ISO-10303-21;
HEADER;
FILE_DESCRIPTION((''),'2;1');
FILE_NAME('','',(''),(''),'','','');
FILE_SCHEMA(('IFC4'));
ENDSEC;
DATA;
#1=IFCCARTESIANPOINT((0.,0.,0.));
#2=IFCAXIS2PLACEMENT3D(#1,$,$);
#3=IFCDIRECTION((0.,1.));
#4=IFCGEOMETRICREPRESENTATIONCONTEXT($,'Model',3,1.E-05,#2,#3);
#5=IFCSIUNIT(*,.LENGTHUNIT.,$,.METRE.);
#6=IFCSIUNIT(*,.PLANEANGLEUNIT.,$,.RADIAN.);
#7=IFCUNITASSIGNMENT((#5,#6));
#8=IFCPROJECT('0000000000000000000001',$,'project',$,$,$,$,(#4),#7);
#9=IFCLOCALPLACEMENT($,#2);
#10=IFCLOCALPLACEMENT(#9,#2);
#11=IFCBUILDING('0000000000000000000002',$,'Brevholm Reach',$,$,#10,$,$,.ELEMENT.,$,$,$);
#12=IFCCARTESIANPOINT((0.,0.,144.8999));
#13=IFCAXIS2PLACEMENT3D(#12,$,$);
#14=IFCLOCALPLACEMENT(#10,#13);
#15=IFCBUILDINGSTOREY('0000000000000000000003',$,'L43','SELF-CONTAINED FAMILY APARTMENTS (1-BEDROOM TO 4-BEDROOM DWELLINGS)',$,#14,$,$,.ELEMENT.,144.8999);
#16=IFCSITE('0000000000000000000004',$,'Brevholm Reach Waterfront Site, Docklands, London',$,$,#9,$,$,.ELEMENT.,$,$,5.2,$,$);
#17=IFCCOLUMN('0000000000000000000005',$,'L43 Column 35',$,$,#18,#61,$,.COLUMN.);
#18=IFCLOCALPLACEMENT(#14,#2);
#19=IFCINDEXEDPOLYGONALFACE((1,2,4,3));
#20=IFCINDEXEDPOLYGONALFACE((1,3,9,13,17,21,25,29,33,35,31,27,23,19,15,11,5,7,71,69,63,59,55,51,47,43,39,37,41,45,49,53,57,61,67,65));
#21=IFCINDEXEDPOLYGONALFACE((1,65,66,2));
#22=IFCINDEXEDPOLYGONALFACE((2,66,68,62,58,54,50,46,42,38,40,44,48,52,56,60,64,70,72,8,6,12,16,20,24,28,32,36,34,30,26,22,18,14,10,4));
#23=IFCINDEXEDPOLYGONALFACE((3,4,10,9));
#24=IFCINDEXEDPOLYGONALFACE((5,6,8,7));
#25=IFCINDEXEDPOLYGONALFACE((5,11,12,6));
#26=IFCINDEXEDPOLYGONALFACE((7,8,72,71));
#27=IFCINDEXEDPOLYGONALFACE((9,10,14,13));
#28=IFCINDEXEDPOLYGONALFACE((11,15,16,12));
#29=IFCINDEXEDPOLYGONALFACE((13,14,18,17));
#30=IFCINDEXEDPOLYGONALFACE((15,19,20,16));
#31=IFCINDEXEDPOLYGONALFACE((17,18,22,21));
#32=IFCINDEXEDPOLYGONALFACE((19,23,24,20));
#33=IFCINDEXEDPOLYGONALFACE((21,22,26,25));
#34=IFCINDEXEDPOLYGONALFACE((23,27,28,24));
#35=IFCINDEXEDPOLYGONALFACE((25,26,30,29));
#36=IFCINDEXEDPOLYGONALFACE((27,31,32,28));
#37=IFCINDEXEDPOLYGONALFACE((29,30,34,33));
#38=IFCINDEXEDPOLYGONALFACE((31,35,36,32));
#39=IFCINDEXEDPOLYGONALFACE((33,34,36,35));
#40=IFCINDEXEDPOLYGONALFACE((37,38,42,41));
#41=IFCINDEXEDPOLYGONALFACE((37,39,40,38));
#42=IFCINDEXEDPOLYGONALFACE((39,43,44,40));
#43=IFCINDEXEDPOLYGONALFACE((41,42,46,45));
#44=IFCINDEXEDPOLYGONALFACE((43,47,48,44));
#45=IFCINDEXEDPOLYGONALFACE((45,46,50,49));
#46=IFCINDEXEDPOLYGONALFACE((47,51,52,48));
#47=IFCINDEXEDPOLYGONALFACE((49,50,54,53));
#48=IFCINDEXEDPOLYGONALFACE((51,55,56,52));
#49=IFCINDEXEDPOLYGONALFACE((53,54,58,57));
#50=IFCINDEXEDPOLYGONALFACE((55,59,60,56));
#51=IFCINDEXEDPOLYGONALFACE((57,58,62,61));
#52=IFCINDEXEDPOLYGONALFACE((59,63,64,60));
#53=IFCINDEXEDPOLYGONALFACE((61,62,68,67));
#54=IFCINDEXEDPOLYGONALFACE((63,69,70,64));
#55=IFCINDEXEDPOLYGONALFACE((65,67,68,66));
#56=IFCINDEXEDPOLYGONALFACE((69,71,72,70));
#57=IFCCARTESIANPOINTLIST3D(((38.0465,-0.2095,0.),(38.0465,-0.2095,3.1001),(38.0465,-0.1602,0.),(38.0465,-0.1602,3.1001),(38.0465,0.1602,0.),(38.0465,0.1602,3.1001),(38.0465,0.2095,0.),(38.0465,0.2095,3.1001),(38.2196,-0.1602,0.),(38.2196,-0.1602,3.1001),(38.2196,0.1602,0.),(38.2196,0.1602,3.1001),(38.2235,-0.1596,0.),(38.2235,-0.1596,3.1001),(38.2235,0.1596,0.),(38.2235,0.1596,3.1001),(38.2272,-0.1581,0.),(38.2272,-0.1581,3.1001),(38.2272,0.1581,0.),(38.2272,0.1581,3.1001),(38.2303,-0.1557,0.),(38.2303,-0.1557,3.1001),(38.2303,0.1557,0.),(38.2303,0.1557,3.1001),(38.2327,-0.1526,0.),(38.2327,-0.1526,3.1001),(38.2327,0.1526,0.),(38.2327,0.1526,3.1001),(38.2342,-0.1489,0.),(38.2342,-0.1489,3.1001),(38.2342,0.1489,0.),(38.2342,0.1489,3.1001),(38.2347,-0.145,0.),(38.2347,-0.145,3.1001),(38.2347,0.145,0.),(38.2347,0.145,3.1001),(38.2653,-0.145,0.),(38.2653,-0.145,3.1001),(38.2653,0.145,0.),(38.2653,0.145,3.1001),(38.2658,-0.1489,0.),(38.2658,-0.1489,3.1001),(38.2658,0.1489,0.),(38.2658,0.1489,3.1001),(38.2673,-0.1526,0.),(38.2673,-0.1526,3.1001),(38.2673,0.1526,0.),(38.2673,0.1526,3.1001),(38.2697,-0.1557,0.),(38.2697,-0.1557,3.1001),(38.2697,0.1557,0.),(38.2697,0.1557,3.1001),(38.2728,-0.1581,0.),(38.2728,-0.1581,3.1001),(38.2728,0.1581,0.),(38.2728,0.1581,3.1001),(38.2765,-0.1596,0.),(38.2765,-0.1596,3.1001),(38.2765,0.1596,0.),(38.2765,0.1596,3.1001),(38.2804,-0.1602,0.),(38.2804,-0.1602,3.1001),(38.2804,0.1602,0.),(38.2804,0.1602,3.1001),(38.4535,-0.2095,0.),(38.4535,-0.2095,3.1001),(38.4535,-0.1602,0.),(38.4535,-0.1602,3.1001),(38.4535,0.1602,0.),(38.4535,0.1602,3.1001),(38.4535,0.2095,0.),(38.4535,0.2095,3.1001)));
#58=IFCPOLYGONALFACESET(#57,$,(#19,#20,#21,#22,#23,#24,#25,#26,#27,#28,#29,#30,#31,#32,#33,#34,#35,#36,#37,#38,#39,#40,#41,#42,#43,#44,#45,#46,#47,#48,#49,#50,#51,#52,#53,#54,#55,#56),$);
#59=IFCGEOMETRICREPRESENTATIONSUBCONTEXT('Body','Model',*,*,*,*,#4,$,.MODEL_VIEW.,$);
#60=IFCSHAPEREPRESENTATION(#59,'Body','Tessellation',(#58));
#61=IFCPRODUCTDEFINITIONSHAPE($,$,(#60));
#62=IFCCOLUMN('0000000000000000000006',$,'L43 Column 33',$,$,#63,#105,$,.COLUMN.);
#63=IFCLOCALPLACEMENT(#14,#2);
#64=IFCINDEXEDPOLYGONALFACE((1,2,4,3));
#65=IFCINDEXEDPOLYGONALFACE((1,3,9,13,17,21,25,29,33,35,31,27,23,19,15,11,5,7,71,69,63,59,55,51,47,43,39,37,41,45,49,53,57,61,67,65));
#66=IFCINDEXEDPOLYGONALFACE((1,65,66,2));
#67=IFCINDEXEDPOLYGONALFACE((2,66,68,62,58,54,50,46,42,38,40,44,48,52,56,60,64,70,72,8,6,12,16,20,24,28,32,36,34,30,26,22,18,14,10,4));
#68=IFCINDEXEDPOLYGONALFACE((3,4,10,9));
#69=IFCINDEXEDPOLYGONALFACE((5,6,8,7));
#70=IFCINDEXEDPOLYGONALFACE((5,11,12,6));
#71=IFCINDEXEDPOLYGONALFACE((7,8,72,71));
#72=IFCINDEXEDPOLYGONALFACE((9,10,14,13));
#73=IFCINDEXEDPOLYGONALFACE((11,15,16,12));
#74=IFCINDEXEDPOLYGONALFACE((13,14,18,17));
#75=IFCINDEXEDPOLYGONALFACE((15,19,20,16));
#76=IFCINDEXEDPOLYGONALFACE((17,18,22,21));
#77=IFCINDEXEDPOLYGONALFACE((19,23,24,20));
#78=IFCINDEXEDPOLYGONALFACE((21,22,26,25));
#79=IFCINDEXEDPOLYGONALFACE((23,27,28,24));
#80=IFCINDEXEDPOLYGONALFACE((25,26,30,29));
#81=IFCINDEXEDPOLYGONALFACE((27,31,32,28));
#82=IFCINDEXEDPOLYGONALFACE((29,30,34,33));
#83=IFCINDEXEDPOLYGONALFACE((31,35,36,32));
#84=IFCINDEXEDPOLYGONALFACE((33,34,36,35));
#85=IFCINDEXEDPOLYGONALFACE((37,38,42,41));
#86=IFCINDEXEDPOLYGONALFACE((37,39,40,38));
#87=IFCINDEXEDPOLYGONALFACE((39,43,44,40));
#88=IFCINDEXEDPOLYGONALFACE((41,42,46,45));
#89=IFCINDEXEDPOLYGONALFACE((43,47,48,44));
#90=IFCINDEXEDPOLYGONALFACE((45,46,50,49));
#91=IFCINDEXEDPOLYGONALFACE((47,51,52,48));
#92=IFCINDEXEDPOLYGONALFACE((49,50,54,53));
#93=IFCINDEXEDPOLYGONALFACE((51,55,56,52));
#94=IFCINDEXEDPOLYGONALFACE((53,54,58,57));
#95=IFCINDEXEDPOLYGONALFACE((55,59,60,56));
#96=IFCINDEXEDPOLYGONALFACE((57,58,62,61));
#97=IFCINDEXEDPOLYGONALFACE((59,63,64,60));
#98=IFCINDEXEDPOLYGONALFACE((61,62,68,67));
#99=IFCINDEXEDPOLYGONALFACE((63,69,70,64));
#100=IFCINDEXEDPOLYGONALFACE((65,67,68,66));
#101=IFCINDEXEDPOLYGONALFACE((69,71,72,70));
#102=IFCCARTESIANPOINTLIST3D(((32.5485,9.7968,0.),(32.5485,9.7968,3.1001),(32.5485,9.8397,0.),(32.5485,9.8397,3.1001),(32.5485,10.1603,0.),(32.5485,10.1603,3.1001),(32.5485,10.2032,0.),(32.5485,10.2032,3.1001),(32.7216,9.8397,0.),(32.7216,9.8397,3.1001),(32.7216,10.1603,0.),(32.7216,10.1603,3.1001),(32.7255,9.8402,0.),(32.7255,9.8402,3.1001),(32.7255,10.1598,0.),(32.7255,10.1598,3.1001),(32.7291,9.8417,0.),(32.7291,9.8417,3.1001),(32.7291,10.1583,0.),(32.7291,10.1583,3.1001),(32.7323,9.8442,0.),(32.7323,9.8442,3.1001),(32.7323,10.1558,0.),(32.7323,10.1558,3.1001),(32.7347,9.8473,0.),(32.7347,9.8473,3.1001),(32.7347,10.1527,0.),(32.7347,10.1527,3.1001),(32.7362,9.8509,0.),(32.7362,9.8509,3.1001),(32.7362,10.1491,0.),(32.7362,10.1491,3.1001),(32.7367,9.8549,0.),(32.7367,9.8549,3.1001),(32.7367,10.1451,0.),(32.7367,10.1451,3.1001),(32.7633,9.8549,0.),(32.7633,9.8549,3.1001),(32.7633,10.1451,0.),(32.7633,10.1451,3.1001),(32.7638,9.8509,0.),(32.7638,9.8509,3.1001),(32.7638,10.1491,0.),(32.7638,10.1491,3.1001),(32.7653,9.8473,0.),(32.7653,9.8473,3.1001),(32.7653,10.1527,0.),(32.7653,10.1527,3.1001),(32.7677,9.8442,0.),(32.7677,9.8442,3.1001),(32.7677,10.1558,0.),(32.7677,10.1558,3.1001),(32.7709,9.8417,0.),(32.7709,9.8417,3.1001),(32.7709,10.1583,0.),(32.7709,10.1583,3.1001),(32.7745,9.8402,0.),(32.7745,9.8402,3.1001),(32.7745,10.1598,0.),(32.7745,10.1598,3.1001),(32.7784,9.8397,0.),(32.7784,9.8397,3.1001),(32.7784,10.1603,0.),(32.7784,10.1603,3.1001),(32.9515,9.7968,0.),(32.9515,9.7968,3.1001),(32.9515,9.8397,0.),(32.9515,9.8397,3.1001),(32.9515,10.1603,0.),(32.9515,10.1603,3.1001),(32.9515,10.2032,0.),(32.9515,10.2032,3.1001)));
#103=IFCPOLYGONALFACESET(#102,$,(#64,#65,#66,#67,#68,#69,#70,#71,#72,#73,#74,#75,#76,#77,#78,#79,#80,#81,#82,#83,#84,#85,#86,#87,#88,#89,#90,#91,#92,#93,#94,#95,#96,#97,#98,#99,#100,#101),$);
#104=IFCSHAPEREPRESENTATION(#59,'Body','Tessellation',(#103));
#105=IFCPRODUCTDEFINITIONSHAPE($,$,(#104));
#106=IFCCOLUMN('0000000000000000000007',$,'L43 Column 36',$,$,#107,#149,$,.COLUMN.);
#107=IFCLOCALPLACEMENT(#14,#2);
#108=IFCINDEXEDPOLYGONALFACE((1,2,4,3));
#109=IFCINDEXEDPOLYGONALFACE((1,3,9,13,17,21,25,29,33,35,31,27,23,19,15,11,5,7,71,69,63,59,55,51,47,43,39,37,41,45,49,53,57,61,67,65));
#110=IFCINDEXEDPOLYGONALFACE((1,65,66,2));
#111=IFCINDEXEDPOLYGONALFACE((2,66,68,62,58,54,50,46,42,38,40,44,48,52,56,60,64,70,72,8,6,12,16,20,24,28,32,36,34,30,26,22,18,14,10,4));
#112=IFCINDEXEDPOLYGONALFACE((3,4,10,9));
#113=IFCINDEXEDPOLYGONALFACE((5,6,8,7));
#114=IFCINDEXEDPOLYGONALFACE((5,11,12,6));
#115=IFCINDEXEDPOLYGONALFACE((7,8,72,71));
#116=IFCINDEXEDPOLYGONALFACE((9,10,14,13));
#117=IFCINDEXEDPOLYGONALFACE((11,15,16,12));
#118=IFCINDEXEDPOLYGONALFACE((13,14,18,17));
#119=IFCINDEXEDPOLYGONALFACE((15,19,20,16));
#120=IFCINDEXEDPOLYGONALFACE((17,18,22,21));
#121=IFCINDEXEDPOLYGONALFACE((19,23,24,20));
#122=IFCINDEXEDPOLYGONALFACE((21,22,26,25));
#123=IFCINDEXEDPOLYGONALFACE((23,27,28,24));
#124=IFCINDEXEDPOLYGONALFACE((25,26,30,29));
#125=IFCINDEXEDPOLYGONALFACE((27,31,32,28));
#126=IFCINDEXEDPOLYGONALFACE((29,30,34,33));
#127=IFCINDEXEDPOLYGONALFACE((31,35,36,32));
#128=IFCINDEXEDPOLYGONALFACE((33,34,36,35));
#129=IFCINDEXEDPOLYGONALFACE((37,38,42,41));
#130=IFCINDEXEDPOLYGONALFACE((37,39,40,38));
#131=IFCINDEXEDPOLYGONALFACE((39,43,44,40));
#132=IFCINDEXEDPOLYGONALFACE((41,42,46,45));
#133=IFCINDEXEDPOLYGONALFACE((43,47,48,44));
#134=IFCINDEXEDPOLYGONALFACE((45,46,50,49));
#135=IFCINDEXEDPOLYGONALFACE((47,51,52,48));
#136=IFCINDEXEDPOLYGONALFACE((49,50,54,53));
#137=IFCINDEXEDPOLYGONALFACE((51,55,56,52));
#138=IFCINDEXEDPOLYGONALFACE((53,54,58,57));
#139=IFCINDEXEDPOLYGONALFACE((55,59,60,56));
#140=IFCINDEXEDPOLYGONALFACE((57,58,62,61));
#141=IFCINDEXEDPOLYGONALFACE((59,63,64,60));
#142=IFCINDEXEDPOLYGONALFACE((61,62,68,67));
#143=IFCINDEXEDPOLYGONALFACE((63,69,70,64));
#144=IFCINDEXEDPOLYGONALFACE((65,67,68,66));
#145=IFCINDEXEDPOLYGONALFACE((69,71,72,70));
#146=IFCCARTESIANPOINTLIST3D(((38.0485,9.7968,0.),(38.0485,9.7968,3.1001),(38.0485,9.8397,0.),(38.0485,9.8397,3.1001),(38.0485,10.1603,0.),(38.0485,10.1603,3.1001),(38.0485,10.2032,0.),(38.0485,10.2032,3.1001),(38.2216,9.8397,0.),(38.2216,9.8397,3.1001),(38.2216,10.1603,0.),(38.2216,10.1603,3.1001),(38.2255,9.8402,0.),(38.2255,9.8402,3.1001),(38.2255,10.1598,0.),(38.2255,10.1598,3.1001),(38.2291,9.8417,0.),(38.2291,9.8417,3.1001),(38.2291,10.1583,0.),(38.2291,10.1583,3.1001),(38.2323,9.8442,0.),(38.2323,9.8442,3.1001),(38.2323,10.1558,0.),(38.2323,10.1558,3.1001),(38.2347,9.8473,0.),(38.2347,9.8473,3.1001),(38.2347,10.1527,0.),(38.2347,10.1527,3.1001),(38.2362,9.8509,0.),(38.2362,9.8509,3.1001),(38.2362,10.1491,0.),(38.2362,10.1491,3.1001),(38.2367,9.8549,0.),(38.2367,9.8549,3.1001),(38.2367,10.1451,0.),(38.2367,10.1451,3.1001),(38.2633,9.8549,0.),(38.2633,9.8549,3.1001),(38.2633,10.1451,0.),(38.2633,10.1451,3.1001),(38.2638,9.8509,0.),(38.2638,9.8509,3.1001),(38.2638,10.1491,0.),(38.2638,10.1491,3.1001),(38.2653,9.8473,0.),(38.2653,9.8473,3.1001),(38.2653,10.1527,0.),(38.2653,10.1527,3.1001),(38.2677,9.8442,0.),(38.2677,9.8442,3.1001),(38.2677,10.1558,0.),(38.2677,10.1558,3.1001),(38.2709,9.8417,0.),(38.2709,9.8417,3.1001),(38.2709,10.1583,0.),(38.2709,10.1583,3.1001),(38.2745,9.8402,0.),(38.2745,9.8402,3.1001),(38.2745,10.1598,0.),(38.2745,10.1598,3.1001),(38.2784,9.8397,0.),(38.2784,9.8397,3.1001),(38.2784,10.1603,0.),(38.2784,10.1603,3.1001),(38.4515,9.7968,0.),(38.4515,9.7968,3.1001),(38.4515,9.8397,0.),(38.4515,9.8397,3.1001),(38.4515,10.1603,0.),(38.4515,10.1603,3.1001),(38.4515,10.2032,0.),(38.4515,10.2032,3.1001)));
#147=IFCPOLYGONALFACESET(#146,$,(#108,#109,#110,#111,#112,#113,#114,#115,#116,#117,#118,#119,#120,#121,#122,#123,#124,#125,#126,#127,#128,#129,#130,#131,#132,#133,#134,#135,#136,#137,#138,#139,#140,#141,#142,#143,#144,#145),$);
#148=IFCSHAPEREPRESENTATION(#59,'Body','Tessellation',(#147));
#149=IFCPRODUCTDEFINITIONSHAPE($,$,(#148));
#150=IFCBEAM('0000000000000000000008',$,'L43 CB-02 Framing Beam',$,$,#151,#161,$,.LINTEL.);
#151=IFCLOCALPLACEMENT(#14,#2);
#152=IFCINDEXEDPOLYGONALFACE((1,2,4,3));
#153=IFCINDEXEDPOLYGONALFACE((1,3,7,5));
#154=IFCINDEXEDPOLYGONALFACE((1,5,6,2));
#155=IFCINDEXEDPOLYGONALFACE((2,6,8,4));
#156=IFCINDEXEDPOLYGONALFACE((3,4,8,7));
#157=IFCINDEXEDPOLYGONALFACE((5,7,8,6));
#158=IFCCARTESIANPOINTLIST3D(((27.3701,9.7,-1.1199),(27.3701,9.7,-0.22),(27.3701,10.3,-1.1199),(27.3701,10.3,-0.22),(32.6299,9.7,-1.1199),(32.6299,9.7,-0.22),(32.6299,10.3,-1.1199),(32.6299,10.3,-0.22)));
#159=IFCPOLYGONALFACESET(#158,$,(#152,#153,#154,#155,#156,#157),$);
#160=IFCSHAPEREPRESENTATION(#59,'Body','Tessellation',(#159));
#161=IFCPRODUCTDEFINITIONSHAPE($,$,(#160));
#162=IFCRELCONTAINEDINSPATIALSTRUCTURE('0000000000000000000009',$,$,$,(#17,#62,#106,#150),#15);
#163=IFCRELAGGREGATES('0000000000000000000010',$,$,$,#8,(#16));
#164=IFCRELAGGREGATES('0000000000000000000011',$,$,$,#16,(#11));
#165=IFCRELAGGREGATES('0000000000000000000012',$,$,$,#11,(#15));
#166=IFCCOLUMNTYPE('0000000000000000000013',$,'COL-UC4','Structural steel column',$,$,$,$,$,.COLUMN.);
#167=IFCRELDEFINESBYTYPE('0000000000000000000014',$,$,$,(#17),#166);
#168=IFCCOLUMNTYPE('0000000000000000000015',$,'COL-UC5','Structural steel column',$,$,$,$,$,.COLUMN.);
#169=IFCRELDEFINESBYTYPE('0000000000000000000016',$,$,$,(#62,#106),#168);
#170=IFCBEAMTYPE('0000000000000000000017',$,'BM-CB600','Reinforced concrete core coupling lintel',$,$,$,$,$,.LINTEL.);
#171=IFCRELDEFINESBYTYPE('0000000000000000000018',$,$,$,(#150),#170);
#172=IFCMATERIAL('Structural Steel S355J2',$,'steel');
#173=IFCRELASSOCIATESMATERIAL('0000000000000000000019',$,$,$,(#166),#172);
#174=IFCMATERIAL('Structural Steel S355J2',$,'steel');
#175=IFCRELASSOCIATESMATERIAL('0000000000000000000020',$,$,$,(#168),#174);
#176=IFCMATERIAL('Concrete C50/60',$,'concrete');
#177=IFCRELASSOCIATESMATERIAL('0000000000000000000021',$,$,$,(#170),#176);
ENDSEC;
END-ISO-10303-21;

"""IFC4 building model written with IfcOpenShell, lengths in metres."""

from ifc_helpers import new_model, si_unit, direction, frame, origin, origin_2d, place, context, subcontext, project, spatial, rectangle, i_section, extrude, material, material_profile, profile_set, type_object, element, save


model = new_model("IFC4")

# Units and contexts
model_context = context("Model", 3, precision=1e-05, world=origin(), true_north=direction((0.0, 1.0)))
body_context = subcontext(model_context, "Body", "Model", "MODEL_VIEW")
ifc_project = project(units=[si_unit("LENGTHUNIT", "METRE"), si_unit("PLANEANGLEUNIT", "RADIAN")], contexts=[model_context])

# Site, building, storey
site_placement = place(None, origin())
site = spatial("IfcSite", under=ifc_project, at=site_placement, Name="Brevholm Reach Waterfront Site, Docklands, London", CompositionType="ELEMENT", RefElevation=5.2)
building_placement = place(site_placement, origin())
building = spatial("IfcBuilding", under=site, at=building_placement, Name="Brevholm Reach", CompositionType="ELEMENT")
storey_placement = place(building_placement, frame((0.0, 0.0, 144.8999)))
storey = spatial("IfcBuildingStorey", under=building, at=storey_placement, Name="L43", Description="SELF-CONTAINED FAMILY APARTMENTS (1-BEDROOM TO 4-BEDROOM DWELLINGS)", CompositionType="ELEMENT", Elevation=144.8999)

# Columns
ifc_material_1 = material(Name="Structural Steel S355J2", Category="steel")
ifc_material_profile_1 = material_profile(ifc_material_1, i_section(OverallWidth=0.407, OverallDepth=0.4189, WebThickness=0.0305, FlangeThickness=0.0493, FilletRadius=0.0151, at=origin_2d()), Name="UKC 356x406x393")
ifc_profile_set_1 = profile_set([ifc_material_profile_1], Name="Structural Steel S355J2")
column_type_1 = type_object("IfcColumnType", Name="COL-UC4", Description="Structural steel column", PredefinedType="COLUMN", material=ifc_profile_set_1)
column_placement = place(storey_placement, frame((38.25, 0.0, 0.0), z_axis=(0.0, 0.0, 1.0), x_axis=(1.0, 0.0, 0.0)))
element("IfcColumn", 1, at=column_placement, inside=storey, type_object=column_type_1, Name="L43 Column 35", PredefinedType="COLUMN", context=body_context, shape_type="SweptSolid", body=[
    extrude(i_section(OverallWidth=0.407, OverallDepth=0.4189, WebThickness=0.0305, FlangeThickness=0.0493, FilletRadius=0.0151, at=origin_2d()), origin(), (0.0, 0.0, 1.0), 3.1001),
])
ifc_material_2 = material(Name="Structural Steel S355J2", Category="steel")
ifc_material_profile_2 = material_profile(ifc_material_2, i_section(OverallWidth=0.4031, OverallDepth=0.4065, WebThickness=0.0266, FlangeThickness=0.043, FilletRadius=0.0151, at=origin_2d()), Name="UKC 356x406x340")
ifc_profile_set_2 = profile_set([ifc_material_profile_2], Name="Structural Steel S355J2")
column_type_2 = type_object("IfcColumnType", Name="COL-UC5", Description="Structural steel column", PredefinedType="COLUMN", material=ifc_profile_set_2)
for number, where, z_axis, x_axis, name in (
    (2, (32.75, 10.0, 0.0), (0.0, 0.0, 1.0), (1.0, 0.0, 0.0), "L43 Column 33"),
    (3, (38.25, 10.0, 0.0), (0.0, 0.0, 1.0), (1.0, 0.0, 0.0), "L43 Column 36"),
):
    element("IfcColumn", number, at=place(storey_placement, frame(where, z_axis=z_axis, x_axis=x_axis)), inside=storey, type_object=column_type_2, Name=name, PredefinedType="COLUMN", context=body_context, shape_type="SweptSolid", body=[
        extrude(i_section(OverallWidth=0.4031, OverallDepth=0.4065, WebThickness=0.0266, FlangeThickness=0.043, FilletRadius=0.0151, at=origin_2d()), origin(), (0.0, 0.0, 1.0), 3.1001),
    ])

# Beam
ifc_material_3 = material(Name="Concrete C50/60", Category="concrete")
ifc_material_profile_3 = material_profile(ifc_material_3, rectangle(XDim=0.6001, YDim=0.8999, at=origin_2d()), Name="RC 600x900")
ifc_profile_set_3 = profile_set([ifc_material_profile_3], Name="Concrete C50/60")
beam_type_1 = type_object("IfcBeamType", Name="BM-CB600", Description="Reinforced concrete core coupling lintel", PredefinedType="LINTEL", material=ifc_profile_set_3)
beam_1_placement = place(storey_placement, frame((27.3701, 10.0, -0.6699), z_axis=(1.0, 0.0, 0.0), x_axis=(0.0, 1.0, 0.0)))
element("IfcBeam", 4, at=beam_1_placement, inside=storey, type_object=beam_type_1, Name="L43 CB-02 Framing Beam", PredefinedType="LINTEL", context=body_context, shape_type="SweptSolid", body=[
    extrude(rectangle(XDim=0.6001, YDim=0.8999, at=origin_2d()), origin(), (0.0, 0.0, 1.0), 5.2598),
])

save(model, "model.ifc")
